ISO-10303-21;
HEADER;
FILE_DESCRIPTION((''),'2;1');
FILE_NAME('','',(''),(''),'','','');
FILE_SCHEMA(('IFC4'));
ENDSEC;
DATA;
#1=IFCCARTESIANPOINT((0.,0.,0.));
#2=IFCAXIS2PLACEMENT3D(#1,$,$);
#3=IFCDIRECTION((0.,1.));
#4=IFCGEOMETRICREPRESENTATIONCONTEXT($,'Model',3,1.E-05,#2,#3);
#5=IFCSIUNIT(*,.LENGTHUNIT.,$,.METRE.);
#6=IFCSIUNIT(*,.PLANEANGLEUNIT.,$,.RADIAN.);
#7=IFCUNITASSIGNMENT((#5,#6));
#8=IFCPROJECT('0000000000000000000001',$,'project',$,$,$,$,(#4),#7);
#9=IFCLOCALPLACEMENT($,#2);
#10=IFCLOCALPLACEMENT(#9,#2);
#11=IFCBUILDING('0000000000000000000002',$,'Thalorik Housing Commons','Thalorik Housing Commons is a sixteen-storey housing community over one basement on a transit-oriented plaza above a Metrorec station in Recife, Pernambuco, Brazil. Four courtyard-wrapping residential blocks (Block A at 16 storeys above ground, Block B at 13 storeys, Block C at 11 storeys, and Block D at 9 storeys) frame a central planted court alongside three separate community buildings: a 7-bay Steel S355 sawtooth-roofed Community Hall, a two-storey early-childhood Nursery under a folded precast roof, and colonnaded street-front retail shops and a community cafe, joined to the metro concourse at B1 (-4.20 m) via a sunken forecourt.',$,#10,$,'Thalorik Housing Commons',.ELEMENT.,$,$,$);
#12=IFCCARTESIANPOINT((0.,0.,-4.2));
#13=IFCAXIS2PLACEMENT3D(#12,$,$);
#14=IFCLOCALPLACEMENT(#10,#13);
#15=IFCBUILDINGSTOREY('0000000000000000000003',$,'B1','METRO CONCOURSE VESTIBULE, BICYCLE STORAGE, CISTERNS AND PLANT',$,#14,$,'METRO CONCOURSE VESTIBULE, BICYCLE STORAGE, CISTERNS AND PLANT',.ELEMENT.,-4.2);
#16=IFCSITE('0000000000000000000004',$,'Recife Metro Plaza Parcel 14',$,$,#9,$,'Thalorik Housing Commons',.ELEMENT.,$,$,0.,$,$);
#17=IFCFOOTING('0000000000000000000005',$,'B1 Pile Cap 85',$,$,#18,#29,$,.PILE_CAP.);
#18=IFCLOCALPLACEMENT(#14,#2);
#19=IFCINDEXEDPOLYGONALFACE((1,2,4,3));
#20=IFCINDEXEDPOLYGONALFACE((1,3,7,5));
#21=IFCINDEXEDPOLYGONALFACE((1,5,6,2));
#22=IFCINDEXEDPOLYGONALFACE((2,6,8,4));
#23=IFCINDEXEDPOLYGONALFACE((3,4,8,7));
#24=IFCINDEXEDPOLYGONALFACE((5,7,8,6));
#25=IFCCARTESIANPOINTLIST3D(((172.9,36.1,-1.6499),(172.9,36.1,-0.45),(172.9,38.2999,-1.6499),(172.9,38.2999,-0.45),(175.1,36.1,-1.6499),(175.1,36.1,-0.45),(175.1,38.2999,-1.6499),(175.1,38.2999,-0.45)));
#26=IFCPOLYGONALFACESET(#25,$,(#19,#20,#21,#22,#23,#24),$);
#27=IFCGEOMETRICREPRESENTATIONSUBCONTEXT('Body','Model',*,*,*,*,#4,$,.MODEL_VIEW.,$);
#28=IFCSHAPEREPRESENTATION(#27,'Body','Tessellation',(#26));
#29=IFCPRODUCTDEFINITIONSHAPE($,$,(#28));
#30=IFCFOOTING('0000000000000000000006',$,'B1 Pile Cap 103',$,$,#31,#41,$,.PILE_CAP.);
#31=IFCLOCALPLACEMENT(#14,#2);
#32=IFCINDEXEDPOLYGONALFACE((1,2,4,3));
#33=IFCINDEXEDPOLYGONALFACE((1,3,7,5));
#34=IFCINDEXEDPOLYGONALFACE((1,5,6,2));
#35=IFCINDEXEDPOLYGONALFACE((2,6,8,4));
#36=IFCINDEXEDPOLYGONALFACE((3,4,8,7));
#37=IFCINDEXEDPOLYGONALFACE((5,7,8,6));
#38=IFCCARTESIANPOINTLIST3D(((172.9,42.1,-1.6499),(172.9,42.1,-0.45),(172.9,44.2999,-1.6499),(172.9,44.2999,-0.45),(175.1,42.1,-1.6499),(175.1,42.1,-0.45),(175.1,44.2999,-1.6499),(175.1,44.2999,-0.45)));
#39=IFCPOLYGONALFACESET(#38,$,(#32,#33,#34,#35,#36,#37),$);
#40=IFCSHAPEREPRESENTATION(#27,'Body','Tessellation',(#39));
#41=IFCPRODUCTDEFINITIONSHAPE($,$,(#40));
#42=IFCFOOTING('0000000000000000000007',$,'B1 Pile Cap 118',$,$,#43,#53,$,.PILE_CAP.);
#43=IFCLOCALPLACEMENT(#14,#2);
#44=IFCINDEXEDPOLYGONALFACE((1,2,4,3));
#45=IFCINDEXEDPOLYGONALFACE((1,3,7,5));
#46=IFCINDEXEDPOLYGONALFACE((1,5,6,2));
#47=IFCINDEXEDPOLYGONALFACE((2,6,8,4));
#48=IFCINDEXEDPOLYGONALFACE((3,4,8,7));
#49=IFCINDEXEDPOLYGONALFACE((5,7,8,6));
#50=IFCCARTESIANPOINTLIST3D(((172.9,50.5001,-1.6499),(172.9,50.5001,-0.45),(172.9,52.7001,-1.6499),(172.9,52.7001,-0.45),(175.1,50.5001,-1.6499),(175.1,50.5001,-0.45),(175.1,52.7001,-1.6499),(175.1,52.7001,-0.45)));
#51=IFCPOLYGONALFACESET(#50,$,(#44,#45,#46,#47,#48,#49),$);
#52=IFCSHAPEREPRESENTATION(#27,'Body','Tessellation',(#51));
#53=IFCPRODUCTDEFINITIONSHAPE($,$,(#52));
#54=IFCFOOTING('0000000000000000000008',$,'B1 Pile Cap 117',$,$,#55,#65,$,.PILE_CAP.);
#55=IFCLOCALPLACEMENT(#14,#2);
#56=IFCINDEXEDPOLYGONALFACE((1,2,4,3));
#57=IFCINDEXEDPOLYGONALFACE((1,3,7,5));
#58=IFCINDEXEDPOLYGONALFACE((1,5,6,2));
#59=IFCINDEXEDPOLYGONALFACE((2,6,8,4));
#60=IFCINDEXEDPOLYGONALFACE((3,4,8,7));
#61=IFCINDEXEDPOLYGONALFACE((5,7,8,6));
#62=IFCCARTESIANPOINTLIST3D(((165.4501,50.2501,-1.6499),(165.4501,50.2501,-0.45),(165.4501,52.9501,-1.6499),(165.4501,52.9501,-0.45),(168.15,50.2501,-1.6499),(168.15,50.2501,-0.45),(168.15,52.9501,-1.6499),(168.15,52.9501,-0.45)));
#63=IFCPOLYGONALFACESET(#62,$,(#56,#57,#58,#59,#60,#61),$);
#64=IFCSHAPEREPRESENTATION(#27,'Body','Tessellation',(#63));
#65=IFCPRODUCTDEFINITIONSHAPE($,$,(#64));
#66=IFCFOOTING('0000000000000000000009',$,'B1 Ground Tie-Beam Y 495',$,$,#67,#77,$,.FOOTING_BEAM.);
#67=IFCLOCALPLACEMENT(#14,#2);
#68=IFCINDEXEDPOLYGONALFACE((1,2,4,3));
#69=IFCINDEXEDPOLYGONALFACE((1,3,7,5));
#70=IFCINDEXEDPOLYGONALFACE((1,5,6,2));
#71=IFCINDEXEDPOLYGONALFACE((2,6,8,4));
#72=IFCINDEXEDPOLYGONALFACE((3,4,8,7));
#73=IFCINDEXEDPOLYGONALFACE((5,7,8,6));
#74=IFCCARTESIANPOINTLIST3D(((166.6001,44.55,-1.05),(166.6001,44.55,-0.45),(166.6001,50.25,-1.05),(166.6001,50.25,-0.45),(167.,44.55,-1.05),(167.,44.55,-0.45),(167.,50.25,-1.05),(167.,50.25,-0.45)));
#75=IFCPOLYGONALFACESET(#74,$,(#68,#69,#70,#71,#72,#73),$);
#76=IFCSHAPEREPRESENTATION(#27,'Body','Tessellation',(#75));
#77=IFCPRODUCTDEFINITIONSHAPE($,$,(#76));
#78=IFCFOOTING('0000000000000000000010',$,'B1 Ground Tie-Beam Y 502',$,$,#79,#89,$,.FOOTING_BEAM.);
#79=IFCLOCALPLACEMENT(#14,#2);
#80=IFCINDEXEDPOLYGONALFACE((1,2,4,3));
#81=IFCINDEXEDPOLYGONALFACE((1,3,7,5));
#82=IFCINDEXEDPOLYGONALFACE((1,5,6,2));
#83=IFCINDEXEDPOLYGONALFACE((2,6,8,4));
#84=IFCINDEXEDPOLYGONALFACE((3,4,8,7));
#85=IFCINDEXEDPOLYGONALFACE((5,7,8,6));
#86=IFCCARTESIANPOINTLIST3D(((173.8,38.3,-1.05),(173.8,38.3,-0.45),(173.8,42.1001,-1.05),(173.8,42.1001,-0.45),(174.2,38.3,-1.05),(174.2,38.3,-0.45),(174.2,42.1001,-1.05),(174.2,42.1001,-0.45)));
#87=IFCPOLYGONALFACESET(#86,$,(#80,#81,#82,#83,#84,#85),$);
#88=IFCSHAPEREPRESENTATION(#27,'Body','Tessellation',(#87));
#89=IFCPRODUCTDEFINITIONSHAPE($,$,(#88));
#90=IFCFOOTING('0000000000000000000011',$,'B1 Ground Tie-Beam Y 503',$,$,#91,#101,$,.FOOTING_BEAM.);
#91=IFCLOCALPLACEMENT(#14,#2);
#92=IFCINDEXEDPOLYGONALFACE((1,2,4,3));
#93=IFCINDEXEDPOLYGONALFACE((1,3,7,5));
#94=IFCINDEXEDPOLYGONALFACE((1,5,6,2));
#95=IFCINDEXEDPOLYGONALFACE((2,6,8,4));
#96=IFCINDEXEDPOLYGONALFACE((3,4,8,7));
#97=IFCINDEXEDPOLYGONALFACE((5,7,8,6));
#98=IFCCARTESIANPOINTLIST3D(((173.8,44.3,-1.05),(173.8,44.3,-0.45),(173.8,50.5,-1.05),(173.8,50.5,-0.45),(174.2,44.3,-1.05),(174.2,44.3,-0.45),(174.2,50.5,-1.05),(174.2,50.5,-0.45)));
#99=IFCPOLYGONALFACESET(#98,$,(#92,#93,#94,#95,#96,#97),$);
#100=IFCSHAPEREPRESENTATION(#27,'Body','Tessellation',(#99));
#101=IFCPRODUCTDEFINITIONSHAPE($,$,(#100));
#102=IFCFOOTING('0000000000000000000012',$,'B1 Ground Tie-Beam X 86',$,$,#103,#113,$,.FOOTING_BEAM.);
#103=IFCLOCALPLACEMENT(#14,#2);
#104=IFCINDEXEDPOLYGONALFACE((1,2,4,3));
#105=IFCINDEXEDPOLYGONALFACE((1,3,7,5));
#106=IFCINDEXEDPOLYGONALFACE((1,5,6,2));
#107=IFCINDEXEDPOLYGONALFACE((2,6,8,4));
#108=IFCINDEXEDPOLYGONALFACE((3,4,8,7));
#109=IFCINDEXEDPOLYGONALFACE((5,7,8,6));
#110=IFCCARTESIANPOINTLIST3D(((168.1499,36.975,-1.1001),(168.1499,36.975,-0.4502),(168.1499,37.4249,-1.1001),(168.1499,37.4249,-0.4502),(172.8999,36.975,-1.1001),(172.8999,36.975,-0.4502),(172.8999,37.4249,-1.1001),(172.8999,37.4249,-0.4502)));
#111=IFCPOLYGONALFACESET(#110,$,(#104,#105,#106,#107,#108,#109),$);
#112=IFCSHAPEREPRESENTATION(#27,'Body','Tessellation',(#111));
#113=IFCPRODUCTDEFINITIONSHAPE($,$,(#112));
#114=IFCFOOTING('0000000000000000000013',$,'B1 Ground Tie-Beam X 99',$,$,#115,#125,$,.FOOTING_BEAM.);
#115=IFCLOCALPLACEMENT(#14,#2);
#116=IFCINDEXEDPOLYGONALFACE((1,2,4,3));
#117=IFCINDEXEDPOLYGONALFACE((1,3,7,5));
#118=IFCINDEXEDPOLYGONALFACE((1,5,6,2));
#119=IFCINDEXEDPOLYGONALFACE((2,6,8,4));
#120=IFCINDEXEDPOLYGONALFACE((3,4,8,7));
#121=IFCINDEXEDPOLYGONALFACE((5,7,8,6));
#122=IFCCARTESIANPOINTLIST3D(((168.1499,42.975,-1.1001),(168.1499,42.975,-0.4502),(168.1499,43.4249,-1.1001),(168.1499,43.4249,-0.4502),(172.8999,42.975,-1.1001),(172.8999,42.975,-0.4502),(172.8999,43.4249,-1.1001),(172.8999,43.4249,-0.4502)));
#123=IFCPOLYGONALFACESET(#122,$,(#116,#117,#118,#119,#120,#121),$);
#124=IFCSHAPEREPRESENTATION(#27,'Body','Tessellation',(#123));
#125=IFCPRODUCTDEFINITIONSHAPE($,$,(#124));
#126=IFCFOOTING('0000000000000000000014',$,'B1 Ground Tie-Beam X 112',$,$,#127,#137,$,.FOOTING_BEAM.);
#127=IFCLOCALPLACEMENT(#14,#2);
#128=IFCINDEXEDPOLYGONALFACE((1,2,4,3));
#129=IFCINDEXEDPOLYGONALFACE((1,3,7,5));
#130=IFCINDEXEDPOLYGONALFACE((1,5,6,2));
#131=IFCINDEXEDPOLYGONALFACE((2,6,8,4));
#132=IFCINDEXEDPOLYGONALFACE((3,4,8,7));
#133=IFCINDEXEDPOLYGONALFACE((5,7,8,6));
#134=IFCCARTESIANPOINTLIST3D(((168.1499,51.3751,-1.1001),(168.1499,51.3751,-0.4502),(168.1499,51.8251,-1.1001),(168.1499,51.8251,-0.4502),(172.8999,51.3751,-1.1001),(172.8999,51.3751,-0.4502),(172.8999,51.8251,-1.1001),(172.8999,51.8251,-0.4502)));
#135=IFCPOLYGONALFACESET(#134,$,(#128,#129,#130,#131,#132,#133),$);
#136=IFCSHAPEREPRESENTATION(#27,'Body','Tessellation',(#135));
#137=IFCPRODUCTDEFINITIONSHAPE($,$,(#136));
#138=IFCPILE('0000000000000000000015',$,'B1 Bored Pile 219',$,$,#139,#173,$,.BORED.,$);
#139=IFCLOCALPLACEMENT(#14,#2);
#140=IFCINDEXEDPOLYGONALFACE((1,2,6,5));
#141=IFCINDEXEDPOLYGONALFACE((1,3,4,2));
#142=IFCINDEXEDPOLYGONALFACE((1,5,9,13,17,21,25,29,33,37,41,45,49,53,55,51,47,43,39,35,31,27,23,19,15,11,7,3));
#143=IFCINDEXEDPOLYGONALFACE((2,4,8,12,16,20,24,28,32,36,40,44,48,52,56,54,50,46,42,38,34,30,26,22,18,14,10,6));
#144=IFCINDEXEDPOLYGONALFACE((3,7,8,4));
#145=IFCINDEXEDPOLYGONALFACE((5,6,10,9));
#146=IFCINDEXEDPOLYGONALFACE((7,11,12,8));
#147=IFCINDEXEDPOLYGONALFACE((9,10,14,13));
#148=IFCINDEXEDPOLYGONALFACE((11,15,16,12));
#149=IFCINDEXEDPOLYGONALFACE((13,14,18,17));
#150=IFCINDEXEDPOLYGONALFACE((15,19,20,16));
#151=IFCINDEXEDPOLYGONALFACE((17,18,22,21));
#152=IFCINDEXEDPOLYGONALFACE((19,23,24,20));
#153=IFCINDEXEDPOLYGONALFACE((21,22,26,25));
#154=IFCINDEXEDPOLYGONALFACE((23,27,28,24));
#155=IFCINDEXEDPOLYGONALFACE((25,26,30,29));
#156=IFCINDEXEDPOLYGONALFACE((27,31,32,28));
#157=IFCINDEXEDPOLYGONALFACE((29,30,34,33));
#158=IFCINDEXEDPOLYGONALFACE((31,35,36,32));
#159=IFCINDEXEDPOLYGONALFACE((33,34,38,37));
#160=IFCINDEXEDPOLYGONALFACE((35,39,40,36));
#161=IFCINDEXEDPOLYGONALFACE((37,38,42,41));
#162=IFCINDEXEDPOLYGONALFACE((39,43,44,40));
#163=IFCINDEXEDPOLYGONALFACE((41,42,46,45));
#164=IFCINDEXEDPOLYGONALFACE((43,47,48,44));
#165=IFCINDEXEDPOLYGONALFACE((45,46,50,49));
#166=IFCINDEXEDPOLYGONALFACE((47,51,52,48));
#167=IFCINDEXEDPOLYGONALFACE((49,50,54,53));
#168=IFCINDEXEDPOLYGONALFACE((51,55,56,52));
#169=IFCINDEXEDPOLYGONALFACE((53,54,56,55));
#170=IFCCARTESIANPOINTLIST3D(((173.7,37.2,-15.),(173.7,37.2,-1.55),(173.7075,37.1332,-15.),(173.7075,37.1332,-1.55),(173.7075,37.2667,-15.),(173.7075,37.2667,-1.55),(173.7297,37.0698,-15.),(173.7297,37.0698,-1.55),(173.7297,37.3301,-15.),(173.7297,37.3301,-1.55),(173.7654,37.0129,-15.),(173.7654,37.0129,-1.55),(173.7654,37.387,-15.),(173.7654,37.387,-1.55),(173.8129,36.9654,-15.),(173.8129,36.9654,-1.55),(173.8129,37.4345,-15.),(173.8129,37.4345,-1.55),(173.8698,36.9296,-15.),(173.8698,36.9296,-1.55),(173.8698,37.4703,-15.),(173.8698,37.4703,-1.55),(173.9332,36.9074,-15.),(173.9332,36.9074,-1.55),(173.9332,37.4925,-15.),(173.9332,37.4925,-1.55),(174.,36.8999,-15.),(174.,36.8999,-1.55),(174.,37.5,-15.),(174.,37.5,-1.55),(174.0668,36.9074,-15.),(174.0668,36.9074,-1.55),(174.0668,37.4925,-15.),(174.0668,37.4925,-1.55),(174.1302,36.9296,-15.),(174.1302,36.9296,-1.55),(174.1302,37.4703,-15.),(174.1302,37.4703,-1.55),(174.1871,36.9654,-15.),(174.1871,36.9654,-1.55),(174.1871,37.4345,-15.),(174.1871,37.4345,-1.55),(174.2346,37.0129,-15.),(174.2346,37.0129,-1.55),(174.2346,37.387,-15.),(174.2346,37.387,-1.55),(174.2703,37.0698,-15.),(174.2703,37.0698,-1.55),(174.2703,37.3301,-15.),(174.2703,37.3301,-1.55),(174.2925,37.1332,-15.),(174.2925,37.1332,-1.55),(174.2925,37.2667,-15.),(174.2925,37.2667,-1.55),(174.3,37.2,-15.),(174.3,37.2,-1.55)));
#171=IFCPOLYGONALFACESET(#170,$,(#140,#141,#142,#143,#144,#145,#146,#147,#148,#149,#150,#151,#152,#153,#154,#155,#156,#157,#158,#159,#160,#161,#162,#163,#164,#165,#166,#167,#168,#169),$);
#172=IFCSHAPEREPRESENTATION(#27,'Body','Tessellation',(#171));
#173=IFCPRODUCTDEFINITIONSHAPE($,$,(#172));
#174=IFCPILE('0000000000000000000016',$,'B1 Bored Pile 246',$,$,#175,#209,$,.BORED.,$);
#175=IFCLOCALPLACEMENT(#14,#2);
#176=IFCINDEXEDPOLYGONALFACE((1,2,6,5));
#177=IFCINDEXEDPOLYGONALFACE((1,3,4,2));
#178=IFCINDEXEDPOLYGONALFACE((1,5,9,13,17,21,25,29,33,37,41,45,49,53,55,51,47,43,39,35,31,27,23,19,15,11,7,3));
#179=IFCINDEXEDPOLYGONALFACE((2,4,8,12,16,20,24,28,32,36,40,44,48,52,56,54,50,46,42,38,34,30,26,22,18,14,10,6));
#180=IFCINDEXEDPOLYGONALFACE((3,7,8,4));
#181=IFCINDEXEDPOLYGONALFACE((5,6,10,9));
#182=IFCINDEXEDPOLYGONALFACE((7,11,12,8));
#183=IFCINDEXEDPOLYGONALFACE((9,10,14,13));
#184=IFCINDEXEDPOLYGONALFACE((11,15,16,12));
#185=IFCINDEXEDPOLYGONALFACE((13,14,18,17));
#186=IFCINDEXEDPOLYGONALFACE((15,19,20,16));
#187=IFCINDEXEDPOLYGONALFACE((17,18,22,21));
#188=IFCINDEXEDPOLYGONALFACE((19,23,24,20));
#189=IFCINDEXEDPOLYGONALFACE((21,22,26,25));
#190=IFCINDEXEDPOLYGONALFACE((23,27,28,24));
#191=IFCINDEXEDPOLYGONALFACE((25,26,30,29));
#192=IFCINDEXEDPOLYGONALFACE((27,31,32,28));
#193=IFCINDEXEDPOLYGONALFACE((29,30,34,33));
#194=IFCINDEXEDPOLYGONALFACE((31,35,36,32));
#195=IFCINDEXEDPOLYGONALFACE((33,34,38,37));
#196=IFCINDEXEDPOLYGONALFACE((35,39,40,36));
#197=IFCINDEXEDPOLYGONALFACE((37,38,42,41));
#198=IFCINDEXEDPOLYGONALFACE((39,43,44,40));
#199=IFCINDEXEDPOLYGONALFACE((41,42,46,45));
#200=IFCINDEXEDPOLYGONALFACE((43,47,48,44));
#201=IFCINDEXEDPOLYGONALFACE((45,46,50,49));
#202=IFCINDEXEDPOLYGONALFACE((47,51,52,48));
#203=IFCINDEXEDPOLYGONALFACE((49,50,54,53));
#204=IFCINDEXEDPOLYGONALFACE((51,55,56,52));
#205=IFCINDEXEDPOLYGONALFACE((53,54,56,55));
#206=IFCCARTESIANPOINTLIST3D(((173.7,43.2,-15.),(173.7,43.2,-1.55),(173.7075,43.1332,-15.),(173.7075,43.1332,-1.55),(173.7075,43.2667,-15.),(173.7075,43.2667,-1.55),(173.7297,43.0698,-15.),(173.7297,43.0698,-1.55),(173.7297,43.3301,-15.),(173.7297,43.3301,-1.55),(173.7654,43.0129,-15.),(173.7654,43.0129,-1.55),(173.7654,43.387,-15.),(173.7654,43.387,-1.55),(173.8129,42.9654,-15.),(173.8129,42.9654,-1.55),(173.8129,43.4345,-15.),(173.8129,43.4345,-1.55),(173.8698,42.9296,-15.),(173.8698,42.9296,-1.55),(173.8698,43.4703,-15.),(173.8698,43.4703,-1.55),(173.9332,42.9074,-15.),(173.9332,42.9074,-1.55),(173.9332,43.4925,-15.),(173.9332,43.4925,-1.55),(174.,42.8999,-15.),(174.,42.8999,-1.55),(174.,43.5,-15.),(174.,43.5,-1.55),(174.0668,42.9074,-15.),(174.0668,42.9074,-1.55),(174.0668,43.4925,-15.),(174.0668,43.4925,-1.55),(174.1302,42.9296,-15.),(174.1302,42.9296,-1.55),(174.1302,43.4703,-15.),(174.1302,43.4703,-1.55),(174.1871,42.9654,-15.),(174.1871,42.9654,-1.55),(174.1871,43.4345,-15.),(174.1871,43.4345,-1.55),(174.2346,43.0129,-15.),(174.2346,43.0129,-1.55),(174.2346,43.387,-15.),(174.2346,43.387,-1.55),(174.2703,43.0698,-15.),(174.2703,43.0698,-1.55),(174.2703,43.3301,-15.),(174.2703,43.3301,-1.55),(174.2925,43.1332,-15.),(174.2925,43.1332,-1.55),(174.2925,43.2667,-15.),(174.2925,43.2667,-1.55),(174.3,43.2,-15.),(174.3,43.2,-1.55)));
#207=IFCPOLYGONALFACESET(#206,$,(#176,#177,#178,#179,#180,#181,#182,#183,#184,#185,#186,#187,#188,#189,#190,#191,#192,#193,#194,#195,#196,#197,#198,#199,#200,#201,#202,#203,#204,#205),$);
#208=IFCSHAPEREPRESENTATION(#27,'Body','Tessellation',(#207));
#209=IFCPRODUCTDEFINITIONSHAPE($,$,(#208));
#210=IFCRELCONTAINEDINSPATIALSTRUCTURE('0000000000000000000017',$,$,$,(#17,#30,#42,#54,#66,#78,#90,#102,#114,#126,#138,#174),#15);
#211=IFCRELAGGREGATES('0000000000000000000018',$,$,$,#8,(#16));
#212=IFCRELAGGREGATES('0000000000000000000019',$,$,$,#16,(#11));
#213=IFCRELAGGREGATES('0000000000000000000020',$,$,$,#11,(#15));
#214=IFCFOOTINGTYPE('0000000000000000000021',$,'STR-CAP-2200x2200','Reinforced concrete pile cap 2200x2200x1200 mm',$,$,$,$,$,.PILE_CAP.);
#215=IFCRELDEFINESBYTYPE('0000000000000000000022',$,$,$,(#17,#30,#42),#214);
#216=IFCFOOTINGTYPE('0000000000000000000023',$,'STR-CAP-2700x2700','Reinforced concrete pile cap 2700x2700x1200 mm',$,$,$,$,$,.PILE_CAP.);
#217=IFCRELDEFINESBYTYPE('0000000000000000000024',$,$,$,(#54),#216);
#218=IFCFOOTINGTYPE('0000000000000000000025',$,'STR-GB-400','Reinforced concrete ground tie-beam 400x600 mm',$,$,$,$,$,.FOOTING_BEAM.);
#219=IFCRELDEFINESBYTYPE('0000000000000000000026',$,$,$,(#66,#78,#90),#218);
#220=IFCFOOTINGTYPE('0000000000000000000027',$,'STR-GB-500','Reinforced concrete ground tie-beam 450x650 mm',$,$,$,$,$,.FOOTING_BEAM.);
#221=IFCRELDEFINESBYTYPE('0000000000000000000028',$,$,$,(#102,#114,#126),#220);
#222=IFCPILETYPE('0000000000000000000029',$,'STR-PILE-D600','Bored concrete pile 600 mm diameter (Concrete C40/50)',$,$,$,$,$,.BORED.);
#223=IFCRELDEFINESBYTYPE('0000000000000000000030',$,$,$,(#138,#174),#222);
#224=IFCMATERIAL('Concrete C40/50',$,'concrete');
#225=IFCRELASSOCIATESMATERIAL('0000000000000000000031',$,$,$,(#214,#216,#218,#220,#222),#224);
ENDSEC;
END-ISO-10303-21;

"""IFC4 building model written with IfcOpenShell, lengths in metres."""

from ifc_helpers import new_model, si_unit, direction, frame, origin, origin_2d, place, context, subcontext, project, spatial, rectangle, circle, extrude, material, material_profile, profile_set, type_object, element, save


model = new_model("IFC4")

# Units and contexts
model_context = context("Model", 3, precision=1e-05, world=origin(), true_north=direction((0.0, 1.0)))
body_context = subcontext(model_context, "Body", "Model", "MODEL_VIEW")
ifc_project = project(units=[si_unit("LENGTHUNIT", "METRE"), si_unit("PLANEANGLEUNIT", "RADIAN")], contexts=[model_context])

# Site, building, storey
site_placement = place(None, origin())
site = spatial("IfcSite", under=ifc_project, at=site_placement, Name="Recife Metro Plaza Parcel 14", LongName="Thalorik Housing Commons", CompositionType="ELEMENT", RefElevation=0.0)
building_placement = place(site_placement, origin())
building = spatial("IfcBuilding", under=site, at=building_placement, Name="Thalorik Housing Commons", Description="Thalorik Housing Commons is a sixteen-storey housing community over one basement on a transit-oriented plaza above a Metrorec station in Recife, Pernambuco, Brazil. Four courtyard-wrapping residential blocks (Block A at 16 storeys above ground, Block B at 13 storeys, Block C at 11 storeys, and Block D at 9 storeys) frame a central planted court alongside three separate community buildings: a 7-bay Steel S355 sawtooth-roofed Community Hall, a two-storey early-childhood Nursery under a folded precast roof, and colonnaded street-front retail shops and a community cafe, joined to the metro concourse at B1 (-4.20 m) via a sunken forecourt.", LongName="Thalorik Housing Commons", CompositionType="ELEMENT")
storey_placement = place(building_placement, frame((0.0, 0.0, -4.2)))
storey = spatial("IfcBuildingStorey", under=building, at=storey_placement, Name="B1", Description="METRO CONCOURSE VESTIBULE, BICYCLE STORAGE, CISTERNS AND PLANT", LongName="METRO CONCOURSE VESTIBULE, BICYCLE STORAGE, CISTERNS AND PLANT", CompositionType="ELEMENT", Elevation=-4.2)

# Footings
ifc_material_1 = material(Name="Concrete C40/50", Category="concrete")
footing_type_1 = type_object("IfcFootingType", Name="STR-CAP-2200x2200", Description="Reinforced concrete pile cap 2200x2200x1200 mm", PredefinedType="PILE_CAP", material=ifc_material_1)
for number, where, z_axis, x_axis, name in (
    (1, (174.0, 37.2, -1.6499), (0.0, 0.0, 1.0), (1.0, 0.0, 0.0), "B1 Pile Cap 85"),
    (2, (174.0, 43.2, -1.6499), (0.0, 0.0, 1.0), (1.0, 0.0, 0.0), "B1 Pile Cap 103"),
    (3, (174.0, 51.6001, -1.6499), (0.0, 0.0, 1.0), (1.0, 0.0, 0.0), "B1 Pile Cap 118"),
):
    element("IfcFooting", number, at=place(storey_placement, frame(where, z_axis=z_axis, x_axis=x_axis)), inside=storey, type_object=footing_type_1, Name=name, PredefinedType="PILE_CAP", context=body_context, shape_type="SweptSolid", body=[
        extrude(rectangle(XDim=2.2, YDim=2.2, at=origin_2d()), origin(), (0.0, 0.0, 1.0), 1.2),
    ])
footing_type_2 = type_object("IfcFootingType", Name="STR-CAP-2700x2700", Description="Reinforced concrete pile cap 2700x2700x1200 mm", PredefinedType="PILE_CAP", material=ifc_material_1)
footing_1_placement = place(storey_placement, frame((166.8, 51.6001, -1.6499), z_axis=(0.0, 0.0, 1.0), x_axis=(1.0, 0.0, 0.0)))
element("IfcFooting", 4, at=footing_1_placement, inside=storey, type_object=footing_type_2, Name="B1 Pile Cap 117", PredefinedType="PILE_CAP", context=body_context, shape_type="SweptSolid", body=[
    extrude(rectangle(XDim=2.7, YDim=2.7, at=origin_2d()), origin(), (0.0, 0.0, 1.0), 1.2),
])
ifc_material_profile_1 = material_profile(ifc_material_1, rectangle(XDim=0.3999, YDim=0.6001, at=origin_2d()), Name="RC 400x600", Category="concrete")
ifc_profile_set_1 = profile_set([ifc_material_profile_1], Name="Concrete C40/50")
footing_type_3 = type_object("IfcFootingType", Name="STR-GB-400", Description="Reinforced concrete ground tie-beam 400x600 mm", PredefinedType="FOOTING_BEAM", material=ifc_profile_set_1)
footing_2_placement = place(storey_placement, frame((166.8, 44.55, -0.75), z_axis=(0.0, 1.0, 0.0), x_axis=(-1.0, 0.0, 0.0)))
element("IfcFooting", 5, at=footing_2_placement, inside=storey, type_object=footing_type_3, Name="B1 Ground Tie-Beam Y 495", PredefinedType="FOOTING_BEAM", context=body_context, shape_type="SweptSolid", body=[
    extrude(rectangle(XDim=0.3999, YDim=0.6001, at=origin_2d()), origin(), (0.0, 0.0, 1.0), 5.7),
])
footing_3_placement = place(storey_placement, frame((174.0, 38.3, -0.75), z_axis=(0.0, 1.0, 0.0), x_axis=(-1.0, 0.0, 0.0)))
element("IfcFooting", 6, at=footing_3_placement, inside=storey, type_object=footing_type_3, Name="B1 Ground Tie-Beam Y 502", PredefinedType="FOOTING_BEAM", context=body_context, shape_type="SweptSolid", body=[
    extrude(rectangle(XDim=0.3999, YDim=0.6001, at=origin_2d()), origin(), (0.0, 0.0, 1.0), 3.8),
])
footing_4_placement = place(storey_placement, frame((174.0, 44.3, -0.75), z_axis=(0.0, 1.0, 0.0), x_axis=(-1.0, 0.0, 0.0)))
element("IfcFooting", 7, at=footing_4_placement, inside=storey, type_object=footing_type_3, Name="B1 Ground Tie-Beam Y 503", PredefinedType="FOOTING_BEAM", context=body_context, shape_type="SweptSolid", body=[
    extrude(rectangle(XDim=0.3999, YDim=0.6001, at=origin_2d()), origin(), (0.0, 0.0, 1.0), 6.2),
])
ifc_material_profile_2 = material_profile(ifc_material_1, rectangle(XDim=0.45, YDim=0.6499, at=origin_2d()), Name="RC 450x650", Category="concrete")
ifc_profile_set_2 = profile_set([ifc_material_profile_2], Name="Concrete C40/50")
footing_type_4 = type_object("IfcFootingType", Name="STR-GB-500", Description="Reinforced concrete ground tie-beam 450x650 mm", PredefinedType="FOOTING_BEAM", material=ifc_profile_set_2)
for number, where, z_axis, x_axis, name in (
    (8, (168.1499, 37.2, -0.7751), (1.0, 0.0, 0.0), (0.0, 1.0, 0.0), "B1 Ground Tie-Beam X 86"),
    (9, (168.1499, 43.2, -0.7751), (1.0, 0.0, 0.0), (0.0, 1.0, 0.0), "B1 Ground Tie-Beam X 99"),
    (10, (168.1499, 51.6001, -0.7751), (1.0, 0.0, 0.0), (0.0, 1.0, 0.0), "B1 Ground Tie-Beam X 112"),
):
    element("IfcFooting", number, at=place(storey_placement, frame(where, z_axis=z_axis, x_axis=x_axis)), inside=storey, type_object=footing_type_4, Name=name, PredefinedType="FOOTING_BEAM", context=body_context, shape_type="SweptSolid", body=[
        extrude(rectangle(XDim=0.45, YDim=0.6499, at=origin_2d()), origin(), (0.0, 0.0, 1.0), 4.75),
    ])

# Piles
ifc_material_profile_3 = material_profile(ifc_material_1, circle(Radius=0.3, at=origin_2d()), Name="BORED PILE D600", Category="concrete")
ifc_profile_set_3 = profile_set([ifc_material_profile_3], Name="Concrete C40/50")
pile_type_1 = type_object("IfcPileType", Name="STR-PILE-D600", Description="Bored concrete pile 600 mm diameter (Concrete C40/50)", PredefinedType="BORED", material=ifc_profile_set_3)
for number, where, z_axis, x_axis, name in (
    (11, (174.0, 37.2, -1.55), (0.0, 0.0, -1.0), (1.0, 0.0, 0.0), "B1 Bored Pile 219"),
    (12, (174.0, 43.2, -1.55), (0.0, 0.0, -1.0), (1.0, 0.0, 0.0), "B1 Bored Pile 246"),
):
    element("IfcPile", number, at=place(storey_placement, frame(where, z_axis=z_axis, x_axis=x_axis)), inside=storey, type_object=pile_type_1, Name=name, PredefinedType="BORED", context=body_context, shape_type="SweptSolid", body=[
        extrude(circle(Radius=0.3, at=origin_2d()), origin(), (0.0, 0.0, 1.0), 13.45),
    ])

save(model, "model.ifc")
